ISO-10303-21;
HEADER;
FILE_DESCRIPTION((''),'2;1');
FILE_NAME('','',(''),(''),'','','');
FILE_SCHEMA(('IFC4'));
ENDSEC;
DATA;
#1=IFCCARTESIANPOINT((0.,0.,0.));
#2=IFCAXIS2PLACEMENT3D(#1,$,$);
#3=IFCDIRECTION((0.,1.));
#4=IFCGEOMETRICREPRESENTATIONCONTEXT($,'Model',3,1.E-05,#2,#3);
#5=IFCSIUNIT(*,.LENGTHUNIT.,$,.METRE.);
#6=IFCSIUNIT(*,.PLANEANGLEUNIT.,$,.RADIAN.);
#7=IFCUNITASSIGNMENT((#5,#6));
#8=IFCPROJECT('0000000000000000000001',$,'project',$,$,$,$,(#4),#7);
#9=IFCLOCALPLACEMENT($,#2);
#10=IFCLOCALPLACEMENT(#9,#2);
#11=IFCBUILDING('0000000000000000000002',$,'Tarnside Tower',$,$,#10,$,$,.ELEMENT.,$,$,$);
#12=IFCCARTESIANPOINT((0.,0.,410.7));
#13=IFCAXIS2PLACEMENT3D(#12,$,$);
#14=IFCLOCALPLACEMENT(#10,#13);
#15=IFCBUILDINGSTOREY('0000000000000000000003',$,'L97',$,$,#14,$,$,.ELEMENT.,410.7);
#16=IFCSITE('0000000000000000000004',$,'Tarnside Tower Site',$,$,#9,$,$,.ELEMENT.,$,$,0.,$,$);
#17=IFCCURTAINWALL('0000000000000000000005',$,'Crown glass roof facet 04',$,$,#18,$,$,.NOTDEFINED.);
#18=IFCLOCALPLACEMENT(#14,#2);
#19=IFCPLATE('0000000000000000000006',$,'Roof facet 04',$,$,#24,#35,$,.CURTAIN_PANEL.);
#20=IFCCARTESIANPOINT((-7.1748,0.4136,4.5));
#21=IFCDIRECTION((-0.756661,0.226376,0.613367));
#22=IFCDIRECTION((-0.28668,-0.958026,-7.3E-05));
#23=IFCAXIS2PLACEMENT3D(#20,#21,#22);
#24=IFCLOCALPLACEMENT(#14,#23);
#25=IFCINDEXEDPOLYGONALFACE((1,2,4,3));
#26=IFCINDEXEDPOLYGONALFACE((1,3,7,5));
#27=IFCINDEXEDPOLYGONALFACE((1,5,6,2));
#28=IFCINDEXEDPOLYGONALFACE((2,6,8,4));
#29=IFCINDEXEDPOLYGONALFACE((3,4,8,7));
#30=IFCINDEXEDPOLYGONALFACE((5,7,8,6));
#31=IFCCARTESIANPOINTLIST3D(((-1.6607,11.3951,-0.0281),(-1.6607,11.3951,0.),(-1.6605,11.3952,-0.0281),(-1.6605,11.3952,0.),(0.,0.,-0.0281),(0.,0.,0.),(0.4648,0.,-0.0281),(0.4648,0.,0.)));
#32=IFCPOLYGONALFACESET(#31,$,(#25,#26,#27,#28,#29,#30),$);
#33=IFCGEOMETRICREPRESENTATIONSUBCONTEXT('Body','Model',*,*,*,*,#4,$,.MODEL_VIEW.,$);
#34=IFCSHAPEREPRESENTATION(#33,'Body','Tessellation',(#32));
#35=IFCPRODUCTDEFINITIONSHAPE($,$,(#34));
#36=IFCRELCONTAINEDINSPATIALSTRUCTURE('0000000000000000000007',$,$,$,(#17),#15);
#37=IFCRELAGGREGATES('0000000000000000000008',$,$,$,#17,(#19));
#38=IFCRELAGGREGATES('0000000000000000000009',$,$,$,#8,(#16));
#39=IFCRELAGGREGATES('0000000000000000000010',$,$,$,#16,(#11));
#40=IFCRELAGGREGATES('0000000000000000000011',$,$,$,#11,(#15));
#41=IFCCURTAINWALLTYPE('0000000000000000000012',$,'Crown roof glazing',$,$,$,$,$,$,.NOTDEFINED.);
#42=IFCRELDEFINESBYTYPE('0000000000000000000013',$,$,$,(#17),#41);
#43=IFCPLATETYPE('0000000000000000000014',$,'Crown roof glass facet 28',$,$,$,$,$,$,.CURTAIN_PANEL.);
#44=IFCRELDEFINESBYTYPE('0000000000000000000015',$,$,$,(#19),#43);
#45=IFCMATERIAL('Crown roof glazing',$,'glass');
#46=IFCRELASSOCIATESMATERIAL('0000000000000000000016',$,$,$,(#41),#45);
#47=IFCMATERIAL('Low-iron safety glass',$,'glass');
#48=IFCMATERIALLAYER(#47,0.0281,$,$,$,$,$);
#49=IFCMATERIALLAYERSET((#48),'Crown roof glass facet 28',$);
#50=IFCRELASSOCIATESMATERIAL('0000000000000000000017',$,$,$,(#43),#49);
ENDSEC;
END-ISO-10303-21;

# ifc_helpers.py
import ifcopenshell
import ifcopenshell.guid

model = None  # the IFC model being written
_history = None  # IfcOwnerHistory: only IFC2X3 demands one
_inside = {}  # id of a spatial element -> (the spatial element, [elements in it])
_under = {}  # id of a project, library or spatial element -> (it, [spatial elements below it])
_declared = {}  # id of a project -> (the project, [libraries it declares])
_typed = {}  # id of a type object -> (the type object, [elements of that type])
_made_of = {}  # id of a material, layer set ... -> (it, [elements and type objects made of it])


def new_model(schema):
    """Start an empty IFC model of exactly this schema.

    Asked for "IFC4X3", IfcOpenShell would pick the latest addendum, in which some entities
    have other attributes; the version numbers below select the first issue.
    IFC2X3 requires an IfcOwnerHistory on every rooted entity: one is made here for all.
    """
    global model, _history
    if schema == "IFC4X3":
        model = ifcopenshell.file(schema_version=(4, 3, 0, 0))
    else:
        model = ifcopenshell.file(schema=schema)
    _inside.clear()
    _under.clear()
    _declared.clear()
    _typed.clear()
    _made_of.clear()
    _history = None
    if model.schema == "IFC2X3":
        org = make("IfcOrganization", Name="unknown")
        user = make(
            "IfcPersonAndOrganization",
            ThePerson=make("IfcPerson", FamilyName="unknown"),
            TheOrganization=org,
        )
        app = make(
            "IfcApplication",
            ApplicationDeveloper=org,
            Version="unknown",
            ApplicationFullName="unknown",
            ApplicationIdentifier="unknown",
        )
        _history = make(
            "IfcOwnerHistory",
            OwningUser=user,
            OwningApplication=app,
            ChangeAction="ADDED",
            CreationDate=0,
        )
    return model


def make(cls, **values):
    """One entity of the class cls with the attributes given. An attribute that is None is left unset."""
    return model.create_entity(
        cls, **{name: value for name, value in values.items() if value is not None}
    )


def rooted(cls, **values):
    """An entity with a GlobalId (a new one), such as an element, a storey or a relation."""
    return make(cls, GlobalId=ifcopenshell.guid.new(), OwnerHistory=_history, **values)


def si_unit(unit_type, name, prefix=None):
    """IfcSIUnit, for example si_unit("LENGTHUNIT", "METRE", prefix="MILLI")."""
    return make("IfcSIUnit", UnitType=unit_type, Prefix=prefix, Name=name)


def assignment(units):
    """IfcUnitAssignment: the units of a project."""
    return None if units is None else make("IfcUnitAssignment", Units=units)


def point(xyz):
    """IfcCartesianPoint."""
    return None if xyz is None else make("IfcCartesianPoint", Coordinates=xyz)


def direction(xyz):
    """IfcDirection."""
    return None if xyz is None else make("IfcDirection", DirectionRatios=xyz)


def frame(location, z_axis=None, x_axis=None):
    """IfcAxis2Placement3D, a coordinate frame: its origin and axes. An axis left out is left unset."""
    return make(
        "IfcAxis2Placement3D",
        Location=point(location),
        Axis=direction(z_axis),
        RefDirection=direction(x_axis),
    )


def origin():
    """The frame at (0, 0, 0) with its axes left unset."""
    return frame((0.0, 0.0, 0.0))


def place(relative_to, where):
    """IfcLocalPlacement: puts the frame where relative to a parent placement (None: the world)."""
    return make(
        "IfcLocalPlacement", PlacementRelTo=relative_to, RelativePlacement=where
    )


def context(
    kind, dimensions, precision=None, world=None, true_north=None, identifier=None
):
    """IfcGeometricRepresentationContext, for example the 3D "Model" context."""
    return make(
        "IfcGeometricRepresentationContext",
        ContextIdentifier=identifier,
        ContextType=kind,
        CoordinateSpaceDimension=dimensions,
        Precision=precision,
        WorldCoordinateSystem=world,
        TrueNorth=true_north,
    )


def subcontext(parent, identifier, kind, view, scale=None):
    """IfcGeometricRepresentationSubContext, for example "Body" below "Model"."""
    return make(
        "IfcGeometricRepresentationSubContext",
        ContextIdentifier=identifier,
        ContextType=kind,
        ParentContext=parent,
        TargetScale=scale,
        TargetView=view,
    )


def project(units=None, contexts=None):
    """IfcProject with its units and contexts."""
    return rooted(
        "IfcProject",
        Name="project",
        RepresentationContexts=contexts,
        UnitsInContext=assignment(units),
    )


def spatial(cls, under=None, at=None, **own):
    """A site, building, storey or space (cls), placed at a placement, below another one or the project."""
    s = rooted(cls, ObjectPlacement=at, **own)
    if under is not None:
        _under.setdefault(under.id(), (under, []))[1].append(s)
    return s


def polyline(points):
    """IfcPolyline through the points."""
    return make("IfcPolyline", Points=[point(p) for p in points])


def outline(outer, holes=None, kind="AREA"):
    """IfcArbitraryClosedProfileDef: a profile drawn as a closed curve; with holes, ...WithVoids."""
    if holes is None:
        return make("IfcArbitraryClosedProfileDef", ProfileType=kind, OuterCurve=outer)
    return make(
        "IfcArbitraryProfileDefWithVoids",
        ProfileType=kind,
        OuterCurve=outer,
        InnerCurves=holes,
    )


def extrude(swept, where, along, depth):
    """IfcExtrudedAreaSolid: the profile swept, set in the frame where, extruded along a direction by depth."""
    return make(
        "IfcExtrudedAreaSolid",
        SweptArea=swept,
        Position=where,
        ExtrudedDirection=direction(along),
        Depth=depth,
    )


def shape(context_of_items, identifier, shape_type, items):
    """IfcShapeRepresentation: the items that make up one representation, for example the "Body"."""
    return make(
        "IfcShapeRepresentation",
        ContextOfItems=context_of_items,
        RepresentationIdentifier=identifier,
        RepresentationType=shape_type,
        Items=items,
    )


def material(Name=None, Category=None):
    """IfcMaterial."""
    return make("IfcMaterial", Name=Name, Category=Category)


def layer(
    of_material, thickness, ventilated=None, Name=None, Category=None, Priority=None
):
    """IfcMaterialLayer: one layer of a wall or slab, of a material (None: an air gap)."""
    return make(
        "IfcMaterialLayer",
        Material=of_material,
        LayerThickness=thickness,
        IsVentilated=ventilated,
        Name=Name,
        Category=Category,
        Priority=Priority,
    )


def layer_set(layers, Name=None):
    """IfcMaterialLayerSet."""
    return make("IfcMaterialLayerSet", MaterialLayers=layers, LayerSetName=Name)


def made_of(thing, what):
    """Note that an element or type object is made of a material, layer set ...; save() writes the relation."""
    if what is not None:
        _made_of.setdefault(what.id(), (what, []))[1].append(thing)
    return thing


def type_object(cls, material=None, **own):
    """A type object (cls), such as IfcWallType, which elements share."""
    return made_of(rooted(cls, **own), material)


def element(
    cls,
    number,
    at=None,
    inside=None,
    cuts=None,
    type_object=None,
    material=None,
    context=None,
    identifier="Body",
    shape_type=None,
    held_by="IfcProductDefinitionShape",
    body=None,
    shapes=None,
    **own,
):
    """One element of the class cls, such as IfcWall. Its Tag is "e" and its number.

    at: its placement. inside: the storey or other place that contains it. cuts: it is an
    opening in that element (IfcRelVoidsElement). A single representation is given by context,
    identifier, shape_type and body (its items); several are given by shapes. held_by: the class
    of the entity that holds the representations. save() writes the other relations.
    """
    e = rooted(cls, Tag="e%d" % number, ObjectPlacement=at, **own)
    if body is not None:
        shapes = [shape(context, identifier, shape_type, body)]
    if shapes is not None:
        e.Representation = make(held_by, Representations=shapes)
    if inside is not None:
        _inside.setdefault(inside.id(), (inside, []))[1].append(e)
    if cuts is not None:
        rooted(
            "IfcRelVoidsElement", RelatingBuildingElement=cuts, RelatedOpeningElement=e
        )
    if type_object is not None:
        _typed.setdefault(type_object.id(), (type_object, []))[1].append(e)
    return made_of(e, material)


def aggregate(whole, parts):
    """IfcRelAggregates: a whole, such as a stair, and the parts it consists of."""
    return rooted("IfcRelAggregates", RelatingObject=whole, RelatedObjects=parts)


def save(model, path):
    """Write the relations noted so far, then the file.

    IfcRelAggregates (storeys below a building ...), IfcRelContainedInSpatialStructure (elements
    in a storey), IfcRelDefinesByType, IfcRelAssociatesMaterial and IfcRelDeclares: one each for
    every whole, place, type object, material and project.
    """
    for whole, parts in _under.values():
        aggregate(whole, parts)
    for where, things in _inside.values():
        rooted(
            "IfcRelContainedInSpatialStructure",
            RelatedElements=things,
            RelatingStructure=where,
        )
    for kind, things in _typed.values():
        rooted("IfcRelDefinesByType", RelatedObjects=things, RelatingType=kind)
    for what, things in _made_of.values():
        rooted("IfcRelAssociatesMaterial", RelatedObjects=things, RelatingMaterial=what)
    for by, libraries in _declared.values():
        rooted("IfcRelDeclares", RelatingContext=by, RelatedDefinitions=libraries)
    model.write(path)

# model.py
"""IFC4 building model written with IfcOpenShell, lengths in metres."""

from ifc_helpers import new_model, si_unit, direction, frame, origin, place, context, subcontext, project, spatial, polyline, outline, extrude, material, layer, layer_set, type_object, element, aggregate, save


model = new_model("IFC4")

# Units and contexts
model_context = context("Model", 3, precision=1e-05, world=origin(), true_north=direction((0.0, 1.0)))
body_context = subcontext(model_context, "Body", "Model", "MODEL_VIEW")
ifc_project = project(units=[si_unit("LENGTHUNIT", "METRE"), si_unit("PLANEANGLEUNIT", "RADIAN")], contexts=[model_context])

# Site, building, storey
site_placement = place(None, origin())
site = spatial("IfcSite", under=ifc_project, at=site_placement, Name="Tarnside Tower Site", CompositionType="ELEMENT", RefElevation=0.0)
building_placement = place(site_placement, origin())
building = spatial("IfcBuilding", under=site, at=building_placement, Name="Tarnside Tower", CompositionType="ELEMENT")
storey_placement = place(building_placement, frame((0.0, 0.0, 410.7)))
storey = spatial("IfcBuildingStorey", under=building, at=storey_placement, Name="L97", CompositionType="ELEMENT", Elevation=410.7)

# Shared definitions
ifc_material_1 = material(Name="Low-iron safety glass", Category="glass")

# Curtain wall, plate
ifc_material_2 = material(Name="Crown roof glazing", Category="glass")
curtain_wall_type_1 = type_object("IfcCurtainWallType", Name="Crown roof glazing", PredefinedType="NOTDEFINED", material=ifc_material_2)
ifc_layer_1 = layer(ifc_material_1, 0.0281)
ifc_layer_set_1 = layer_set([ifc_layer_1], Name="Crown roof glass facet 28")
plate_type_1 = type_object("IfcPlateType", Name="Crown roof glass facet 28", PredefinedType="CURTAIN_PANEL", material=ifc_layer_set_1)
curtain_wall_1_placement = place(storey_placement, origin())
curtain_wall_1 = element("IfcCurtainWall", 1, at=curtain_wall_1_placement, inside=storey, type_object=curtain_wall_type_1, Name="Crown glass roof facet 04", PredefinedType="NOTDEFINED")
plate_1_placement = place(storey_placement, frame((-7.1748, 0.4136, 4.5), z_axis=(-0.756661, 0.226376, 0.613367), x_axis=(-0.28668, -0.958026, -0.000073)))
plate_1 = element("IfcPlate", 2, at=plate_1_placement, type_object=plate_type_1, Name="Roof facet 04", PredefinedType="CURTAIN_PANEL", context=body_context, shape_type="SweptSolid", body=[
    extrude(outline(polyline([(0.0, 0.0), (0.4648, 0.0), (-1.6605, 11.3952), (-1.6607, 11.3951), (0.0, 0.0)])), origin(), (0.0, 0.0, -1.0), 0.0281),
])
aggregate(curtain_wall_1, [plate_1])

save(model, "model.ifc")
